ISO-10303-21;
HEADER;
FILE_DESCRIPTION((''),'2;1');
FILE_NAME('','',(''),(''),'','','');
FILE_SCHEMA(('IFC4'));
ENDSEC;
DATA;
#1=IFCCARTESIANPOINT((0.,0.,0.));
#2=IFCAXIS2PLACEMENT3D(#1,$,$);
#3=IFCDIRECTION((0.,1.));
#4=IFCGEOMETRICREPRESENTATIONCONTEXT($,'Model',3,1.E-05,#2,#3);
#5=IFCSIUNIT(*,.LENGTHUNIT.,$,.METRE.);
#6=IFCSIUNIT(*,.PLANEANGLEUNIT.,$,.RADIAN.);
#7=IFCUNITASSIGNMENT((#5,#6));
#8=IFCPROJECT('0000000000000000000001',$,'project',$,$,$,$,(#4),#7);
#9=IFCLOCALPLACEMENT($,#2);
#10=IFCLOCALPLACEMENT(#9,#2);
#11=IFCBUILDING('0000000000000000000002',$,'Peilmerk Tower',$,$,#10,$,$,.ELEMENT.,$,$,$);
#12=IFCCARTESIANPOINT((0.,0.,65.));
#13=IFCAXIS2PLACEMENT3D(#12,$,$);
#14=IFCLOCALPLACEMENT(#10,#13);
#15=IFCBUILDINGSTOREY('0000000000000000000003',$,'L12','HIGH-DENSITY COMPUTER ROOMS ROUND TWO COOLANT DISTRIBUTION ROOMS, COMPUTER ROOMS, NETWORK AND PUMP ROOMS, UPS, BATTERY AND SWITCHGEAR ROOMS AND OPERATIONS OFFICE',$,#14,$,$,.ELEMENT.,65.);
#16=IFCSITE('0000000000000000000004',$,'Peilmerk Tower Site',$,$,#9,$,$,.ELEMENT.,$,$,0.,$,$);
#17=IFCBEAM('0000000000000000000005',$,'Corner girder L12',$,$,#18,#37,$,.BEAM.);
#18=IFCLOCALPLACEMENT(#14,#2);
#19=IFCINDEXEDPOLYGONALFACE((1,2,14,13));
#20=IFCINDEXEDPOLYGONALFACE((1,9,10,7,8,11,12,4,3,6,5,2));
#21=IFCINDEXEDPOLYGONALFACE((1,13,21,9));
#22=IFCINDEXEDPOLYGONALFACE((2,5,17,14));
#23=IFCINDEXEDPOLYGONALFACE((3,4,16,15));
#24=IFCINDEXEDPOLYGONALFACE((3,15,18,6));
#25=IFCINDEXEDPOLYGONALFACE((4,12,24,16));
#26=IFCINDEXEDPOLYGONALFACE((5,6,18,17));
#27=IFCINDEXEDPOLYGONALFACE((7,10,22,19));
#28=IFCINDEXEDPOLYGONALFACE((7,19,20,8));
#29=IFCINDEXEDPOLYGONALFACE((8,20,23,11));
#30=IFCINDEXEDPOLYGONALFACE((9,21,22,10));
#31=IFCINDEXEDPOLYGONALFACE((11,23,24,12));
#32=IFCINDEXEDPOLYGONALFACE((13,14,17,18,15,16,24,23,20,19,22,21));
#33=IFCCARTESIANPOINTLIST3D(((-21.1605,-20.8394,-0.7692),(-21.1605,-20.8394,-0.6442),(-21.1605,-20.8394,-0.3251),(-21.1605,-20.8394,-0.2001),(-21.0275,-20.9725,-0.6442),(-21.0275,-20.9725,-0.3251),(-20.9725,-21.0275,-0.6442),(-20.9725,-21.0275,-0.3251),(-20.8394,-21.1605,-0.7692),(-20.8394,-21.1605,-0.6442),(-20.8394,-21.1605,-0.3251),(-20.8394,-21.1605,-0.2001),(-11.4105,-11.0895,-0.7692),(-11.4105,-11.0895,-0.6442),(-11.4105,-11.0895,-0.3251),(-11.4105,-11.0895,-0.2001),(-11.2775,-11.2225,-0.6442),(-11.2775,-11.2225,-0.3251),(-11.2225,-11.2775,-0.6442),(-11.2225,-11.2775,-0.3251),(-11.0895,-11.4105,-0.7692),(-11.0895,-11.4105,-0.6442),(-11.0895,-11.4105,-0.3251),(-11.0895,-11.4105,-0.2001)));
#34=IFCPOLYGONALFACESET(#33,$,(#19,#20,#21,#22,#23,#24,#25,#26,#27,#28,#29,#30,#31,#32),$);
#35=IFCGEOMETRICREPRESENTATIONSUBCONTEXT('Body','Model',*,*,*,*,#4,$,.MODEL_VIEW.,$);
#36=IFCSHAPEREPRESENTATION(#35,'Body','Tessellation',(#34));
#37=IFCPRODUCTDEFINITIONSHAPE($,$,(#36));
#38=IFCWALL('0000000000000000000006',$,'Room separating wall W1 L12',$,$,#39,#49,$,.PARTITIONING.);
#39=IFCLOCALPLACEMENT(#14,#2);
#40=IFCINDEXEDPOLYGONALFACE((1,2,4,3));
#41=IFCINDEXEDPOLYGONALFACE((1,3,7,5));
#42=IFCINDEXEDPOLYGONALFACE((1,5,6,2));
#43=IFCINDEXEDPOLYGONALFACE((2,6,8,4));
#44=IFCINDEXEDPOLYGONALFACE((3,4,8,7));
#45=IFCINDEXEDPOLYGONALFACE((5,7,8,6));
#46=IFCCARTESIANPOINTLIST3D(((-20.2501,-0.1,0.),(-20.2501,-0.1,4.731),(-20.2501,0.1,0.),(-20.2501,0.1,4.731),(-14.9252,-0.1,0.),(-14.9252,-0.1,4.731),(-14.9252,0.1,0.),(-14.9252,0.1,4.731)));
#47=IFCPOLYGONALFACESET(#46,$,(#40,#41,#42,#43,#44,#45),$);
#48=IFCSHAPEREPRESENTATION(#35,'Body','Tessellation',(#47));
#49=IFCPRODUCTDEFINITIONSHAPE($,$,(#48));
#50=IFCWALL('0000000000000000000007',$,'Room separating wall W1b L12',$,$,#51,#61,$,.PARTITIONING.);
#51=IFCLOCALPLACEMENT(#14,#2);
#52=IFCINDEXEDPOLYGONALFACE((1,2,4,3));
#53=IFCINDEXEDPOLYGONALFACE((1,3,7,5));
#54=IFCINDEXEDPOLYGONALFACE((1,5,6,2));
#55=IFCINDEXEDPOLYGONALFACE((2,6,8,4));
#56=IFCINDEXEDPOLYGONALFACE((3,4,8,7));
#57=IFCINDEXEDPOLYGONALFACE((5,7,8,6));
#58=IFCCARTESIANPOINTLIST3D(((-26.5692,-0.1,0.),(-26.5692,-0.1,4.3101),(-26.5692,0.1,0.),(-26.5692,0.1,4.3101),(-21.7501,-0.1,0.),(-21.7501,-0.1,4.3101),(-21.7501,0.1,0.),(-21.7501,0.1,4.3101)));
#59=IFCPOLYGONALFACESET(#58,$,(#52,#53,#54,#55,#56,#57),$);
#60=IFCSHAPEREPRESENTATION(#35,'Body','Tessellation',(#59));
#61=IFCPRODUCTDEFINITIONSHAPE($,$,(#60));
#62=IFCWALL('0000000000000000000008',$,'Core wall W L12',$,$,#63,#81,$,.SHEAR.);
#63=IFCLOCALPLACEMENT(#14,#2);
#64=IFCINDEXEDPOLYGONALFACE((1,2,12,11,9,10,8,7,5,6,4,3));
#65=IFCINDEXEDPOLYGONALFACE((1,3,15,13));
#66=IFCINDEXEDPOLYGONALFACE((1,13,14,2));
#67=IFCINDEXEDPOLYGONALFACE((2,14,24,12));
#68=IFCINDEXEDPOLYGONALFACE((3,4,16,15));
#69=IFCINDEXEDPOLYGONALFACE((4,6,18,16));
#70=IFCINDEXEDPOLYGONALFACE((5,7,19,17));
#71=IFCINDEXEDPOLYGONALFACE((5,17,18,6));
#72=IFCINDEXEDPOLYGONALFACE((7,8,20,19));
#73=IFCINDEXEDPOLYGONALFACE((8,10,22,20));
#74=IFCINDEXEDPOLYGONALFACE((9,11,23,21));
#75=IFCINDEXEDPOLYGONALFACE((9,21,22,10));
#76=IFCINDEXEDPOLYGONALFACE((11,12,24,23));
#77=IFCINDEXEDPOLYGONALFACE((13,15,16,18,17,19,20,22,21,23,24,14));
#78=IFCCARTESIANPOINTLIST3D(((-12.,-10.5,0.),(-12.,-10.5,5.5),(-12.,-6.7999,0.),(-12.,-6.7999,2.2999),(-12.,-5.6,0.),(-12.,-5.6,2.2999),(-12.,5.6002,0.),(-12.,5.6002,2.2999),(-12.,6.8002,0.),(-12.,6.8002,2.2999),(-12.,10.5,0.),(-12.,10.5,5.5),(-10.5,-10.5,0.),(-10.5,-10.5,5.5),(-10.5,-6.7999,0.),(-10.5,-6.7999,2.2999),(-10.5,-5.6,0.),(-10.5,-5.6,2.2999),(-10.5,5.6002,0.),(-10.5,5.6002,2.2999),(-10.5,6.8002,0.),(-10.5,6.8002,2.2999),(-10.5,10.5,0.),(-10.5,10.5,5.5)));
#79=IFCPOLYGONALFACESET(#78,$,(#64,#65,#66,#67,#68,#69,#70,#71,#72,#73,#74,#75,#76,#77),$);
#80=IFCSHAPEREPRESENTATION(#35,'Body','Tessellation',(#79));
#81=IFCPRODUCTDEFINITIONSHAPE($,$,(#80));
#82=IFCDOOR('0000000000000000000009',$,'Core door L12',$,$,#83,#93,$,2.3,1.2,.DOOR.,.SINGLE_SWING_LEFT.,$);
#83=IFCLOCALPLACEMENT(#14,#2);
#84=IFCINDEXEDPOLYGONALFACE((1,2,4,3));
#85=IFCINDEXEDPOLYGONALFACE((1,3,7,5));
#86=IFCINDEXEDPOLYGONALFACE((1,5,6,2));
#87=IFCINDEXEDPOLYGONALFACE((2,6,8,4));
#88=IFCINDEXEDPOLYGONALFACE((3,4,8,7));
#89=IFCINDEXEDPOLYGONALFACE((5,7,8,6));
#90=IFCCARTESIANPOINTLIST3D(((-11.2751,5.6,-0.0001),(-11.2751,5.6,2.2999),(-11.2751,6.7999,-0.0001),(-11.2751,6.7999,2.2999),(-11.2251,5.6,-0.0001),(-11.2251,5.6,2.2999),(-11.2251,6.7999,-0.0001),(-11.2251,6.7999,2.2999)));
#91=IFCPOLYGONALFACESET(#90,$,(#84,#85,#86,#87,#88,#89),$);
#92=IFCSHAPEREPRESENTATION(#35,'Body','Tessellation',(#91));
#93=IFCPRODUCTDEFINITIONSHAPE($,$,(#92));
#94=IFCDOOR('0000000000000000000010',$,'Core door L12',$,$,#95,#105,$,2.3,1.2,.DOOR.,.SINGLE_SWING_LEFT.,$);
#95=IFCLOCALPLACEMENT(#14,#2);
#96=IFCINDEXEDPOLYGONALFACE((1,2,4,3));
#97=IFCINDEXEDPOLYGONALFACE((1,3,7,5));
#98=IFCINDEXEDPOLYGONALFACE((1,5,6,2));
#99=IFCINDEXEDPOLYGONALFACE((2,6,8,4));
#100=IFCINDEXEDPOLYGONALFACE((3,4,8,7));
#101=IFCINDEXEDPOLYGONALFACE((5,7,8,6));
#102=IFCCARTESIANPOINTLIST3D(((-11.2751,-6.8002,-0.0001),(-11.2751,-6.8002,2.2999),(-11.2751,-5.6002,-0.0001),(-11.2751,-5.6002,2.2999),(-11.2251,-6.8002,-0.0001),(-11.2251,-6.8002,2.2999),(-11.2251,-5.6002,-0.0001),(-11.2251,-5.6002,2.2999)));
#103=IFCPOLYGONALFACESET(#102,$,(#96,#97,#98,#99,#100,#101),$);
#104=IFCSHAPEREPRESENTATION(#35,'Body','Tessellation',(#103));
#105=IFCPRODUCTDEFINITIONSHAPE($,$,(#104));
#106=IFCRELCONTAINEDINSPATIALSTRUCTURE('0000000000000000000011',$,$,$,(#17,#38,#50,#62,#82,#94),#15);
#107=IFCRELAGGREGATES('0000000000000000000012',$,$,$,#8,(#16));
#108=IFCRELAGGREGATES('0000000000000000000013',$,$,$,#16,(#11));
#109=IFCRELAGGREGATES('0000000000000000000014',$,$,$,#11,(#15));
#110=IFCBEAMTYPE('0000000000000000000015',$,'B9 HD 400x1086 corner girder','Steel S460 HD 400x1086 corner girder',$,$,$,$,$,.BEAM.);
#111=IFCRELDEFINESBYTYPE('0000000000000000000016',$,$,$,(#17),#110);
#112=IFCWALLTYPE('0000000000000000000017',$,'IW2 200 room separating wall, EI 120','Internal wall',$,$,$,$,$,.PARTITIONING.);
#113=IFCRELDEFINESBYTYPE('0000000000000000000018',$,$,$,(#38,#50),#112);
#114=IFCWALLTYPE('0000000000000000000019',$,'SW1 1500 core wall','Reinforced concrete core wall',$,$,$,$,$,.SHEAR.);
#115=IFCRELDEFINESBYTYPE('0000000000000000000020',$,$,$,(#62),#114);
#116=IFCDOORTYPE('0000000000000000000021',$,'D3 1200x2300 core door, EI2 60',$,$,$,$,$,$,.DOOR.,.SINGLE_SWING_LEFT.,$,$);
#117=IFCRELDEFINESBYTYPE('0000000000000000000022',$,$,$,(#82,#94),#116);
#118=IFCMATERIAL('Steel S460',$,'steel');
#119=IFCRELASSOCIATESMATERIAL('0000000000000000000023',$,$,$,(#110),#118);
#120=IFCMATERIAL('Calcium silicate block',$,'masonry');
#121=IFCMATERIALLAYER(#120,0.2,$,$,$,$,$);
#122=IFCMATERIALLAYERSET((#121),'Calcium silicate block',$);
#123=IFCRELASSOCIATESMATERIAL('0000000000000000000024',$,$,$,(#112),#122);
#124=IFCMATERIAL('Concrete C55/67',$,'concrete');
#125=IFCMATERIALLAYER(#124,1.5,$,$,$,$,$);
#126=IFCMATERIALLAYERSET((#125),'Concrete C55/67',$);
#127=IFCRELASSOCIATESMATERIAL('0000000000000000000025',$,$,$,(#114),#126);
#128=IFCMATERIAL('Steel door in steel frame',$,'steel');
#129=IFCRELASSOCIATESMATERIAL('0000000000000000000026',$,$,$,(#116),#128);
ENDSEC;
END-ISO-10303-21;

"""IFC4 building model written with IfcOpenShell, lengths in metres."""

from ifc_helpers import new_model, si_unit, direction, frame, frame_2d, origin, origin_2d, place, context, subcontext, project, spatial, rectangle, i_section, extrude, material, layer, layer_set, material_profile, profile_set, type_object, element, fill, save


model = new_model("IFC4")

# Units and contexts
model_context = context("Model", 3, precision=1e-05, world=origin(), true_north=direction((0.0, 1.0)))
body_context = subcontext(model_context, "Body", "Model", "MODEL_VIEW")
ifc_project = project(units=[si_unit("LENGTHUNIT", "METRE"), si_unit("PLANEANGLEUNIT", "RADIAN")], contexts=[model_context])

# Site, building, storey
site_placement = place(None, origin())
site = spatial("IfcSite", under=ifc_project, at=site_placement, Name="Peilmerk Tower Site", CompositionType="ELEMENT", RefElevation=0.0)
building_placement = place(site_placement, origin())
building = spatial("IfcBuilding", under=site, at=building_placement, Name="Peilmerk Tower", CompositionType="ELEMENT")
storey_placement = place(building_placement, frame((0.0, 0.0, 65.0)))
storey = spatial("IfcBuildingStorey", under=building, at=storey_placement, Name="L12", Description="HIGH-DENSITY COMPUTER ROOMS ROUND TWO COOLANT DISTRIBUTION ROOMS, COMPUTER ROOMS, NETWORK AND PUMP ROOMS, UPS, BATTERY AND SWITCHGEAR ROOMS AND OPERATIONS OFFICE", CompositionType="ELEMENT", Elevation=65.0)

# Beam
ifc_material_1 = material(Name="Steel S460", Category="steel")
ifc_material_profile_1 = material_profile(ifc_material_1, i_section(OverallWidth=0.4541, OverallDepth=0.5691, WebThickness=0.0779, FlangeThickness=0.125, at=origin_2d()), Name="HD 400x1086")
ifc_profile_set_1 = profile_set([ifc_material_profile_1], Name="Steel S460")
beam_type_1 = type_object("IfcBeamType", Name="B9 HD 400x1086 corner girder", Description="Steel S460 HD 400x1086 corner girder", PredefinedType="BEAM", material=ifc_profile_set_1)
beam_1_placement = place(storey_placement, frame((-11.25, -11.25, -0.4846), z_axis=(-0.707107, -0.707107, 0.0), x_axis=(0.707107, -0.707107, 0.0)))
element("IfcBeam", 1, at=beam_1_placement, inside=storey, type_object=beam_type_1, Name="Corner girder L12", PredefinedType="BEAM", context=body_context, shape_type="SweptSolid", body=[
    extrude(i_section(OverallWidth=0.4541, OverallDepth=0.5691, WebThickness=0.0779, FlangeThickness=0.125, at=origin_2d()), origin(), (0.0, 0.0, 1.0), 13.7886),
])

# Walls
ifc_material_2 = material(Name="Calcium silicate block", Category="masonry")
ifc_layer_1 = layer(ifc_material_2, 0.2)
ifc_layer_set_1 = layer_set([ifc_layer_1], Name="Calcium silicate block")
wall_type_1 = type_object("IfcWallType", Name="IW2 200 room separating wall, EI 120", Description="Internal wall", PredefinedType="PARTITIONING", material=ifc_layer_set_1)
wall_1_placement = place(storey_placement, frame((-14.925, 0.0, 0.0), z_axis=(0.0, 0.0, 1.0), x_axis=(-1.0, 0.0, 0.0)))
element("IfcWall", 2, at=wall_1_placement, inside=storey, type_object=wall_type_1, Name="Room separating wall W1 L12", PredefinedType="PARTITIONING", context=body_context, shape_type="SweptSolid", body=[
    extrude(rectangle(XDim=5.325, YDim=0.2, at=frame_2d((2.6626, 0.0))), origin(), (0.0, 0.0, 1.0), 4.731),
])
wall_2_placement = place(storey_placement, frame((-21.75, 0.0, 0.0), z_axis=(0.0, 0.0, 1.0), x_axis=(-1.0, 0.0, 0.0)))
element("IfcWall", 3, at=wall_2_placement, inside=storey, type_object=wall_type_1, Name="Room separating wall W1b L12", PredefinedType="PARTITIONING", context=body_context, shape_type="SweptSolid", body=[
    extrude(rectangle(XDim=4.8191, YDim=0.2, at=frame_2d((2.4097, 0.0))), origin(), (0.0, 0.0, 1.0), 4.3101),
])

# Wall, openings, doors
ifc_material_3 = material(Name="Concrete C55/67", Category="concrete")
ifc_layer_2 = layer(ifc_material_3, 1.5)
ifc_layer_set_2 = layer_set([ifc_layer_2], Name="Concrete C55/67")
wall_type_2 = type_object("IfcWallType", Name="SW1 1500 core wall", Description="Reinforced concrete core wall", PredefinedType="SHEAR", material=ifc_layer_set_2)
wall_3_placement = place(storey_placement, frame((-11.25, -10.5, 0.0), z_axis=(0.0, 0.0, 1.0), x_axis=(0.0, 1.0, 0.0)))
wall_3 = element("IfcWall", 4, at=wall_3_placement, inside=storey, type_object=wall_type_2, Name="Core wall W L12", PredefinedType="SHEAR", context=body_context, shape_type="SweptSolid", body=[
    extrude(rectangle(XDim=21.0, YDim=1.5, at=frame_2d((10.5, 0.0))), origin(), (0.0, 0.0, 1.0), 5.5),
])
opening_1_placement = place(wall_3_placement, frame((16.1001, 0.0, 0.0)))
opening_1 = element("IfcOpeningElement", 5, at=opening_1_placement, cuts=wall_3, PredefinedType="OPENING", context=body_context, shape_type="SweptSolid", body=[
    extrude(rectangle(XDim=1.2, YDim=2.3, at=frame_2d((0.6001, 1.1499))), frame((0.0, 0.76, 0.0), z_axis=(0.0, -1.0, 0.0), x_axis=(1.0, 0.0, 0.0)), (0.0, 0.0, 1.0), 1.52),
])
opening_2_placement = place(wall_3_placement, frame((3.7, 0.0, 0.0)))
opening_2 = element("IfcOpeningElement", 6, at=opening_2_placement, cuts=wall_3, PredefinedType="OPENING", context=body_context, shape_type="SweptSolid", body=[
    extrude(rectangle(XDim=1.2, YDim=2.3, at=frame_2d((0.6001, 1.1499))), frame((0.0, 0.76, 0.0), z_axis=(0.0, -1.0, 0.0), x_axis=(1.0, 0.0, 0.0)), (0.0, 0.0, 1.0), 1.52),
])
ifc_material_4 = material(Name="Steel door in steel frame", Category="steel")
door_type = type_object("IfcDoorType", Name="D3 1200x2300 core door, EI2 60", OperationType="SINGLE_SWING_LEFT", PredefinedType="DOOR", material=ifc_material_4)
door_1_placement = place(opening_1_placement, frame((1.2, 0.0, 0.0), z_axis=(0.0, 0.0, 1.0), x_axis=(-1.0, 0.0, 0.0)))
door_1 = element("IfcDoor", 7, at=door_1_placement, inside=storey, type_object=door_type, Name="Core door L12", OperationType="SINGLE_SWING_LEFT", OverallHeight=2.3, OverallWidth=1.2, PredefinedType="DOOR", context=body_context, shape_type="SweptSolid", body=[
    extrude(rectangle(XDim=1.2, YDim=2.3, at=frame_2d((0.6001, 1.1499))), frame((0.0, 0.0249, 0.0), z_axis=(0.0, -1.0, 0.0), x_axis=(1.0, 0.0, 0.0)), (0.0, 0.0, 1.0), 0.05),
])
fill(opening_1, door_1)
door_2_placement = place(opening_2_placement, frame((1.2, 0.0, 0.0), z_axis=(0.0, 0.0, 1.0), x_axis=(-1.0, 0.0, 0.0)))
door_2 = element("IfcDoor", 8, at=door_2_placement, inside=storey, type_object=door_type, Name="Core door L12", OperationType="SINGLE_SWING_LEFT", OverallHeight=2.3, OverallWidth=1.2, PredefinedType="DOOR", context=body_context, shape_type="SweptSolid", body=[
    extrude(rectangle(XDim=1.2, YDim=2.3, at=frame_2d((0.6001, 1.1499))), frame((0.0, 0.0249, 0.0), z_axis=(0.0, -1.0, 0.0), x_axis=(1.0, 0.0, 0.0)), (0.0, 0.0, 1.0), 0.05),
])
fill(opening_2, door_2)

save(model, "model.ifc")
